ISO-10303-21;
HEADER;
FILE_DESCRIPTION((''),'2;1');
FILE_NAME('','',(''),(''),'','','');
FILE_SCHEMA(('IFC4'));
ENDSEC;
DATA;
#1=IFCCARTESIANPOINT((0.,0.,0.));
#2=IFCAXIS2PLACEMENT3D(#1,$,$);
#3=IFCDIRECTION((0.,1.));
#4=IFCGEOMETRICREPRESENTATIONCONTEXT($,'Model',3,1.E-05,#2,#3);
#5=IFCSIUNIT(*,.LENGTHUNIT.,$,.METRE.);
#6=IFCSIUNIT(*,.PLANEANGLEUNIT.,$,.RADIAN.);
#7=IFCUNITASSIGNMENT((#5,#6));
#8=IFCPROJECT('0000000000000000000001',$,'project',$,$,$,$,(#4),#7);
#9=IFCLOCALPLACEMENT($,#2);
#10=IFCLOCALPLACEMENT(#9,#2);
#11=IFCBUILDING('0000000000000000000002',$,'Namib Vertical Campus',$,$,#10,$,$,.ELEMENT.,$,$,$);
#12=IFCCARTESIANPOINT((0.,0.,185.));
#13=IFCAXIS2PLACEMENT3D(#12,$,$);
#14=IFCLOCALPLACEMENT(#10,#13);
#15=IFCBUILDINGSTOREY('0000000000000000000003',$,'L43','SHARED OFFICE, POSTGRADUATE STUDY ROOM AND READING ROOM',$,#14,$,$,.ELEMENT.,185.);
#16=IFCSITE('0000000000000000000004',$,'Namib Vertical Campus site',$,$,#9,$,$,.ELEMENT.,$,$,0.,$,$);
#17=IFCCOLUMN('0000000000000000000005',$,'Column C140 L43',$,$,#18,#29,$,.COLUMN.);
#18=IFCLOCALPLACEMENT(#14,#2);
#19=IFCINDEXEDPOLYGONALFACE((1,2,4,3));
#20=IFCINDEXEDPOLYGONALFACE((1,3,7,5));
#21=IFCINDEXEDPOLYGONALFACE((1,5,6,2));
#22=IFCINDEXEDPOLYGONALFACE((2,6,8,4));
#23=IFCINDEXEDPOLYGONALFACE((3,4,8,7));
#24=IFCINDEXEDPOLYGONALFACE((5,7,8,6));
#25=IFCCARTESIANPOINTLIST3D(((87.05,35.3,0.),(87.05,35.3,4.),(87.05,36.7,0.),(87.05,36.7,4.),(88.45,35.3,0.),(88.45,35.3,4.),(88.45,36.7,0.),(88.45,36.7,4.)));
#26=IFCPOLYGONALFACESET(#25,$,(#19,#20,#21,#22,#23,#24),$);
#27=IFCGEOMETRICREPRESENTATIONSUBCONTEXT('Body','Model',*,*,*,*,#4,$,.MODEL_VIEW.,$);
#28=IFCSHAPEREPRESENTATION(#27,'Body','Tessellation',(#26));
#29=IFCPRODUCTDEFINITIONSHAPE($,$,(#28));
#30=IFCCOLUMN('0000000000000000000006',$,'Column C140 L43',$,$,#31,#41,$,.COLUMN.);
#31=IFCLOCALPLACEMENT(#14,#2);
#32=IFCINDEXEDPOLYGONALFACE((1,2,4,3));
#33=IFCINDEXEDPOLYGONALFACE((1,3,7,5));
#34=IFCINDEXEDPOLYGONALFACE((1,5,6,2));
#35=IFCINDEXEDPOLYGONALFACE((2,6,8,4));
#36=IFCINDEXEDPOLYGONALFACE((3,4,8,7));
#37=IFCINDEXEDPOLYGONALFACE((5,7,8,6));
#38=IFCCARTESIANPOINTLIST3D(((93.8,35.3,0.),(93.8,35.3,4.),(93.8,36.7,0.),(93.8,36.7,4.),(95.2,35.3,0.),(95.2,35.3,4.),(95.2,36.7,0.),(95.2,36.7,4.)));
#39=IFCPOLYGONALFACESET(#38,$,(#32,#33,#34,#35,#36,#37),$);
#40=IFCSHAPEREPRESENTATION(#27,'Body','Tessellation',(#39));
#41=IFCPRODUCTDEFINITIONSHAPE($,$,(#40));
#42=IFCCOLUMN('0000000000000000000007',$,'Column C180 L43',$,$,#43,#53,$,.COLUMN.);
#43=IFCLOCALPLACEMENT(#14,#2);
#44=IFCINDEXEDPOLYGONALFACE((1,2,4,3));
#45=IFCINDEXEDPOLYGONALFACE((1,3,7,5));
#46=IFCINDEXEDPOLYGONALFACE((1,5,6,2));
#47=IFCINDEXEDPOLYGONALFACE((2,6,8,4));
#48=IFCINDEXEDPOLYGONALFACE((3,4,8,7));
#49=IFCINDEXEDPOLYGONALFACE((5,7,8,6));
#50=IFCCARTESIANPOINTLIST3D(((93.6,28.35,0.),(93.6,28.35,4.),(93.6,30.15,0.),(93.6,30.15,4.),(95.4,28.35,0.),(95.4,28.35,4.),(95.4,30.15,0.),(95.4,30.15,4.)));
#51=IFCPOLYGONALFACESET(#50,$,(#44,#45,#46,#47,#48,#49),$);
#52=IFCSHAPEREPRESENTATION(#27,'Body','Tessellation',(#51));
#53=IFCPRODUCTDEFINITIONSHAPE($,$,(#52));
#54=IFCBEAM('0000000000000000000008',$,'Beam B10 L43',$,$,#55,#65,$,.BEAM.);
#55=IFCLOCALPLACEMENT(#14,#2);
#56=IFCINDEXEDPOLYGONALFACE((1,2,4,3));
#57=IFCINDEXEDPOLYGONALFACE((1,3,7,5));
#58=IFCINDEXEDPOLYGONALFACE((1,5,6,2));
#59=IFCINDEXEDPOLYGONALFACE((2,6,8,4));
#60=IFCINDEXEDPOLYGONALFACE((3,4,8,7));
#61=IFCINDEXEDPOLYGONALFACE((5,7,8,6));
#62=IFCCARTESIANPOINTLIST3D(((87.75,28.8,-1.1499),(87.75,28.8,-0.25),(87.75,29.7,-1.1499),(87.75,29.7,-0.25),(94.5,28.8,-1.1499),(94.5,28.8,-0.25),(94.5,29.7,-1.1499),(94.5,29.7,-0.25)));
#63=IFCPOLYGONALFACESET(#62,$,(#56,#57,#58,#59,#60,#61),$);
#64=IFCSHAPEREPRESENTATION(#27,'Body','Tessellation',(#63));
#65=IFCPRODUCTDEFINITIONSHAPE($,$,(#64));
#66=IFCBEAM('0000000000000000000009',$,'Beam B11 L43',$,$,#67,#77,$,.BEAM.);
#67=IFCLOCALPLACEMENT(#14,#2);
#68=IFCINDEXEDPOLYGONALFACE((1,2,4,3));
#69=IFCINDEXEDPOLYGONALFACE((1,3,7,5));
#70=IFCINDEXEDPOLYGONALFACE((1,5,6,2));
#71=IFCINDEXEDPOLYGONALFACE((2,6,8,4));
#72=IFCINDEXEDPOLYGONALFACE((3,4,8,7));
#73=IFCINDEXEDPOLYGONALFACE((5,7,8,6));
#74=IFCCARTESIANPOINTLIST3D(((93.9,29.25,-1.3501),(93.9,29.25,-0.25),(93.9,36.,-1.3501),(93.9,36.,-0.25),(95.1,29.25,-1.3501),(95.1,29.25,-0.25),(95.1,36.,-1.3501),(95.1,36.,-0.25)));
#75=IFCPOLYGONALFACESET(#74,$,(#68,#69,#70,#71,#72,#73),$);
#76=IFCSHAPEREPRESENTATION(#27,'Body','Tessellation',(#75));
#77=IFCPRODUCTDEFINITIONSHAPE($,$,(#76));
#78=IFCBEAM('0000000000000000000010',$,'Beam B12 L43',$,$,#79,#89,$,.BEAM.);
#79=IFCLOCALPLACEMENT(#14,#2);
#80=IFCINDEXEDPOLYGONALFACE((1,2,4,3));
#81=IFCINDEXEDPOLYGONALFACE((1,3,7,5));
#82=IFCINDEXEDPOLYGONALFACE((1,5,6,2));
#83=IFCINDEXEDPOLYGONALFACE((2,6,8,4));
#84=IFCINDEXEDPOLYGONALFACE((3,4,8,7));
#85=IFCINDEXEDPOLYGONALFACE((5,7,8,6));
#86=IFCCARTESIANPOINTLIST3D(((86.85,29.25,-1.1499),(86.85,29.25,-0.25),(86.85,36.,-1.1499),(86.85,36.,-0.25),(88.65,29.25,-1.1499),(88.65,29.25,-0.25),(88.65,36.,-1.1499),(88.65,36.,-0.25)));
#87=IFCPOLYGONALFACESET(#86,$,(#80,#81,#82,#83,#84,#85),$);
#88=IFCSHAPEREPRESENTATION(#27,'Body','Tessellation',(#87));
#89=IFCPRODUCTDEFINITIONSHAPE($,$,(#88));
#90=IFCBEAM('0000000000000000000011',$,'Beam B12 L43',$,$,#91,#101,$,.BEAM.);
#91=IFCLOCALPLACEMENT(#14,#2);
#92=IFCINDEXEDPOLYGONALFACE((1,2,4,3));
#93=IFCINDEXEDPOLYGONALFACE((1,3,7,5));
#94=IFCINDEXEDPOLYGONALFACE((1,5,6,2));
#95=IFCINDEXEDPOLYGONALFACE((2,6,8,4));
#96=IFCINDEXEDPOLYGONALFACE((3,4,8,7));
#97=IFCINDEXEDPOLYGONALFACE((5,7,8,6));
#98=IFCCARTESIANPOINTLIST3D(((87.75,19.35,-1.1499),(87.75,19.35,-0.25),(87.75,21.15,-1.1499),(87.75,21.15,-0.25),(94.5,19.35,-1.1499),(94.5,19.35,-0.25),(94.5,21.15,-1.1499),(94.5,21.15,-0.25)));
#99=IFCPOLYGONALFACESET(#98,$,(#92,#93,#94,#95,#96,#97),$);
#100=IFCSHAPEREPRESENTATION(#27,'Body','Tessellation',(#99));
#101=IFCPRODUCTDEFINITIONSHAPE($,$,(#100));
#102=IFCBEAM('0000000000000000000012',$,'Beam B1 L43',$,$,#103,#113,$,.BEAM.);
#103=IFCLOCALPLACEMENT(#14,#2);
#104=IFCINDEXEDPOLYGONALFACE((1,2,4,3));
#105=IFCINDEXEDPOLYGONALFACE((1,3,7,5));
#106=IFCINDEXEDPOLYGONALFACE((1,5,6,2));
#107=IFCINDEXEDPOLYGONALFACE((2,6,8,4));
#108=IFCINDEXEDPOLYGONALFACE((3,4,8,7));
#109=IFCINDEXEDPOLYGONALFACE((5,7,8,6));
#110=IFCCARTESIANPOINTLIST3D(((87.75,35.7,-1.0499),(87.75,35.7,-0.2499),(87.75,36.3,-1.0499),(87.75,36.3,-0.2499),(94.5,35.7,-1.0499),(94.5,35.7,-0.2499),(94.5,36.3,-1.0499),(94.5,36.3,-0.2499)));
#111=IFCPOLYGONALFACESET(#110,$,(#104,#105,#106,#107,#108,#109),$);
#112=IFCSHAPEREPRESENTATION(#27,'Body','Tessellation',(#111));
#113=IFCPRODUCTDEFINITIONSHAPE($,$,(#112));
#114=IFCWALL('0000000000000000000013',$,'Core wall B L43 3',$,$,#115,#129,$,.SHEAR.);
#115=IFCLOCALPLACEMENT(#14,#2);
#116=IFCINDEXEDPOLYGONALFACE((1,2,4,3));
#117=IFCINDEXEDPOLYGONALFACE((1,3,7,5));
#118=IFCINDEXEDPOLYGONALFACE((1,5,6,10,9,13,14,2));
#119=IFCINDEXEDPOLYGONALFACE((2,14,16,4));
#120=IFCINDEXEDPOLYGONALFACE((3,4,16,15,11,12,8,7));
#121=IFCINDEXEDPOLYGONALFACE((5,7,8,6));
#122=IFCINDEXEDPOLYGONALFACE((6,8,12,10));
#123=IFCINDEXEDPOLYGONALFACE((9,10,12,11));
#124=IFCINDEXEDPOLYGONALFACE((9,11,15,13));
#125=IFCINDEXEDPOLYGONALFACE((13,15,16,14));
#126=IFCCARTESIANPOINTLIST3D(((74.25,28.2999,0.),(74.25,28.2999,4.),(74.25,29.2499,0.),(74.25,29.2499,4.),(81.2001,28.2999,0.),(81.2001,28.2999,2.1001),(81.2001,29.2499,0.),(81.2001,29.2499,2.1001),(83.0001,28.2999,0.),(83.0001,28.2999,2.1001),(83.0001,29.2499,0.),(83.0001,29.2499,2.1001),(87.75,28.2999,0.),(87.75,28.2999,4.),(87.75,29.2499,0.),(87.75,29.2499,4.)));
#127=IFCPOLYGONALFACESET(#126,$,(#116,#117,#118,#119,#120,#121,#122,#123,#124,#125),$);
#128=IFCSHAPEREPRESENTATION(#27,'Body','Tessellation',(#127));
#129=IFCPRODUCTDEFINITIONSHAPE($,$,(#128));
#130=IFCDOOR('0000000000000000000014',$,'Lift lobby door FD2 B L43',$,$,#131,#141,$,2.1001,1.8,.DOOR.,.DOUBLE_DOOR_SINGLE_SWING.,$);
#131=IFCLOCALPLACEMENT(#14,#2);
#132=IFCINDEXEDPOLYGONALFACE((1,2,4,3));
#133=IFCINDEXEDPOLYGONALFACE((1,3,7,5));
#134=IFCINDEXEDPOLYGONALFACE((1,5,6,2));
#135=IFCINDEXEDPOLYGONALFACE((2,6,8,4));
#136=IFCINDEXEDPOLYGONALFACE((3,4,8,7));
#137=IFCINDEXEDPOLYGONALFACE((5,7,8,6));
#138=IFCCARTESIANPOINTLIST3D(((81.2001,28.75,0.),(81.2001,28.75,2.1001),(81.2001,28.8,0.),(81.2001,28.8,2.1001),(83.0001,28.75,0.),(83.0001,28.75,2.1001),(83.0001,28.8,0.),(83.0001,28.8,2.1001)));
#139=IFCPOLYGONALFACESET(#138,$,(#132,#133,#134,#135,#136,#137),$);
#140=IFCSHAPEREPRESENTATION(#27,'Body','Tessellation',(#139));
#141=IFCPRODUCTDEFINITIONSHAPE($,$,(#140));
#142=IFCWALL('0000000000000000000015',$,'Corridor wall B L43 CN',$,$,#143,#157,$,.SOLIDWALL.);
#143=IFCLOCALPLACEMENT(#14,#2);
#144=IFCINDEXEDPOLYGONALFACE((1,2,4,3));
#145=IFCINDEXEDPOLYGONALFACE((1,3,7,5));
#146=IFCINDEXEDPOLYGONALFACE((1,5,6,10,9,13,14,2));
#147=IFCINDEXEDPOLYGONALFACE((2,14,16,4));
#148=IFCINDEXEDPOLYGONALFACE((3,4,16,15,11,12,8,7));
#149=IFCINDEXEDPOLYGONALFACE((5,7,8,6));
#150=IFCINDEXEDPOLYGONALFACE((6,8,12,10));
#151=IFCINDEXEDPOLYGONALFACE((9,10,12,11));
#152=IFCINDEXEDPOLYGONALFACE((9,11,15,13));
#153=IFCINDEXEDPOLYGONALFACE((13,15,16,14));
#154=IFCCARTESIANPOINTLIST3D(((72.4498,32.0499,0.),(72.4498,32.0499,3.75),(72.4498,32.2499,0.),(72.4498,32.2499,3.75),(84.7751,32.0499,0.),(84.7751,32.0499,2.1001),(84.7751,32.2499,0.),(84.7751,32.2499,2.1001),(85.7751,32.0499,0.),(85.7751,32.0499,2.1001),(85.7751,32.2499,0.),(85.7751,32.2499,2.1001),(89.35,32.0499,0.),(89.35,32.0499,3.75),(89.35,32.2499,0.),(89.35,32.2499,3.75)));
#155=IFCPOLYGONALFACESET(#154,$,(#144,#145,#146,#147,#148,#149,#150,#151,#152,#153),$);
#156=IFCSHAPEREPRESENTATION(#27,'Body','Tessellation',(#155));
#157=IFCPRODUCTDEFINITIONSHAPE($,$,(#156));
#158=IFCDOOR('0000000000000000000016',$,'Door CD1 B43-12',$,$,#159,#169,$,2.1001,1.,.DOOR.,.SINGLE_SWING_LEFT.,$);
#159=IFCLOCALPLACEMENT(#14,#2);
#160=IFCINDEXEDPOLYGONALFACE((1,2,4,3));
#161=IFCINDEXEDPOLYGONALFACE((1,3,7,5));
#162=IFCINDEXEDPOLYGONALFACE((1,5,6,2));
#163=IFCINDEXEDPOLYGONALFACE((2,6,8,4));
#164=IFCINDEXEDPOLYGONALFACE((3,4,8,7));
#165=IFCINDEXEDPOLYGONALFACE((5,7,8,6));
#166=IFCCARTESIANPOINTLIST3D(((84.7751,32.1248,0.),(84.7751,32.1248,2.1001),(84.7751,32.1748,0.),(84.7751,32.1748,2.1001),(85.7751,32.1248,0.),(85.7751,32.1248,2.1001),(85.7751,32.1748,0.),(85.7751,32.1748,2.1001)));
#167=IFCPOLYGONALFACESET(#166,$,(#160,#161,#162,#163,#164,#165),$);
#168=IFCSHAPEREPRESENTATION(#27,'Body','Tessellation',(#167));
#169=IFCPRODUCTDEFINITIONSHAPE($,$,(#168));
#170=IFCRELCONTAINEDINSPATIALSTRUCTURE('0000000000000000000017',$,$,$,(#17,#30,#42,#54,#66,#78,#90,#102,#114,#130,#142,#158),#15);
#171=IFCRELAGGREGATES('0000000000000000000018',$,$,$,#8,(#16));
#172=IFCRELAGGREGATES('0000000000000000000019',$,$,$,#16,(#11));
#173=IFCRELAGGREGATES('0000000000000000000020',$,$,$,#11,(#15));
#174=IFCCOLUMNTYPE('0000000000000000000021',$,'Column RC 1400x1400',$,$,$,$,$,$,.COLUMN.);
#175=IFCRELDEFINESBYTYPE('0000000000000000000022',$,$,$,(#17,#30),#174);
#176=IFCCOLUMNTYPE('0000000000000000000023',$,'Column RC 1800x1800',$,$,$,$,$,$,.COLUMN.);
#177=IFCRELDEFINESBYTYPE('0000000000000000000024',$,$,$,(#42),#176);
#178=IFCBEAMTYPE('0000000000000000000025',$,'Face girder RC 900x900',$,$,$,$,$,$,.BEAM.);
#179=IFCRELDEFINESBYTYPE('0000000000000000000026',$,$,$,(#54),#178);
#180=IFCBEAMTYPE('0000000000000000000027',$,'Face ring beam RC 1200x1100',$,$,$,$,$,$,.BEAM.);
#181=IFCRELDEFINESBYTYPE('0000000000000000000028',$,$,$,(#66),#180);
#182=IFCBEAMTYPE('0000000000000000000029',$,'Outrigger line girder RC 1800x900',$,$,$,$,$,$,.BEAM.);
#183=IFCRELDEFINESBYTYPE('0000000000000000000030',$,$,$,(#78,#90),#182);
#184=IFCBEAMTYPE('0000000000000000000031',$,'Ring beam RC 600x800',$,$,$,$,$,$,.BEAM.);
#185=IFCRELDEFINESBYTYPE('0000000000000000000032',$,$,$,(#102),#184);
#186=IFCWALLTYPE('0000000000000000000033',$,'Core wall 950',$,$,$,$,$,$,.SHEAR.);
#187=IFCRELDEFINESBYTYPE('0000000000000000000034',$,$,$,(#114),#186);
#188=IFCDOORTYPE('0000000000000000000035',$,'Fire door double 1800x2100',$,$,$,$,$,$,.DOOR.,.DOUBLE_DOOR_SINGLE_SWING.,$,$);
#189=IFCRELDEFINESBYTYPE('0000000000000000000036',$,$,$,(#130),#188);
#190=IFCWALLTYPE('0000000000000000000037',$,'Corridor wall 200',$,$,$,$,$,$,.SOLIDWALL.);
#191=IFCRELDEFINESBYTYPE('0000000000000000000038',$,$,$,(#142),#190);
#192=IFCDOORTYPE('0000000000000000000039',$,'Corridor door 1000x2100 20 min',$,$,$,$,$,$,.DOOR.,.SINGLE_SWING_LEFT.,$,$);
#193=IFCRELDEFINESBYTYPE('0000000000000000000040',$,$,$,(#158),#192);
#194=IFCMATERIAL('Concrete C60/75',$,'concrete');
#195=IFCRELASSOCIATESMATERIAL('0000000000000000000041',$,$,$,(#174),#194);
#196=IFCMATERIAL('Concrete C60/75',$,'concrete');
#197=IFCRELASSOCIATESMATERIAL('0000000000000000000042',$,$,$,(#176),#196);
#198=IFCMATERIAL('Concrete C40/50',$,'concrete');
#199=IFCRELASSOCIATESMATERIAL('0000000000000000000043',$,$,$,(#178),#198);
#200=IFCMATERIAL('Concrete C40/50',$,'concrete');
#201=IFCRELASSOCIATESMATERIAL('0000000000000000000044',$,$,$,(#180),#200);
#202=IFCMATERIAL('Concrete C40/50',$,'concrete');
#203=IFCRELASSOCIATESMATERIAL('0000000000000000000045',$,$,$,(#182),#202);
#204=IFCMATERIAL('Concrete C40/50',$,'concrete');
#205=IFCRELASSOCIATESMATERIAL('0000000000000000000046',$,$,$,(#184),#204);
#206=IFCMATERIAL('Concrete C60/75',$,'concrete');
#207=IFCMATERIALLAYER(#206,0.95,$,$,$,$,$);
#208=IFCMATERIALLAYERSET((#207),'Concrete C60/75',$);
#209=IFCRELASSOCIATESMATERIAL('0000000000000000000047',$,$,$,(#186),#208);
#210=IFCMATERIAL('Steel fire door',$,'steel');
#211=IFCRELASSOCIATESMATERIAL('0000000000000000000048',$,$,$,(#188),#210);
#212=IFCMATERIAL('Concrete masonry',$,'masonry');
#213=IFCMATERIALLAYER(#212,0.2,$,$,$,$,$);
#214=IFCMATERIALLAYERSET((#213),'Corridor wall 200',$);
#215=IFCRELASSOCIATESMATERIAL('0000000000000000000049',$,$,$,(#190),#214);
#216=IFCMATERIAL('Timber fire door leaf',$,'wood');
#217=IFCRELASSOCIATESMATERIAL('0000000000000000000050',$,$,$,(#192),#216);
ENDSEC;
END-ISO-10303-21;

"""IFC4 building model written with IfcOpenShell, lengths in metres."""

from ifc_helpers import new_model, si_unit, direction, frame, frame_2d, origin, origin_2d, place, context, subcontext, project, spatial, rectangle, extrude, material, layer, layer_set, material_profile, profile_set, type_object, element, fill, save


model = new_model("IFC4")

# Units and contexts
model_context = context("Model", 3, precision=1e-05, world=origin(), true_north=direction((0.0, 1.0)))
body_context = subcontext(model_context, "Body", "Model", "MODEL_VIEW")
ifc_project = project(units=[si_unit("LENGTHUNIT", "METRE"), si_unit("PLANEANGLEUNIT", "RADIAN")], contexts=[model_context])

# Site, building, storey
site_placement = place(None, origin())
site = spatial("IfcSite", under=ifc_project, at=site_placement, Name="Namib Vertical Campus site", CompositionType="ELEMENT", RefElevation=0.0)
building_placement = place(site_placement, origin())
building = spatial("IfcBuilding", under=site, at=building_placement, Name="Namib Vertical Campus", CompositionType="ELEMENT")
storey_placement = place(building_placement, frame((0.0, 0.0, 185.0)))
storey = spatial("IfcBuildingStorey", under=building, at=storey_placement, Name="L43", Description="SHARED OFFICE, POSTGRADUATE STUDY ROOM AND READING ROOM", CompositionType="ELEMENT", Elevation=185.0)

# Columns
ifc_material_1 = material(Name="Concrete C60/75", Category="concrete")
ifc_material_profile_1 = material_profile(ifc_material_1, rectangle(XDim=1.3999, YDim=1.3999, at=origin_2d()))
ifc_profile_set_1 = profile_set([ifc_material_profile_1], Name="Concrete C60/75")
column_type_1 = type_object("IfcColumnType", Name="Column RC 1400x1400", PredefinedType="COLUMN", material=ifc_profile_set_1)
for number, where, z_axis, x_axis, name in (
    (1, (87.75, 36.0, 0.0), (0.0, 0.0, 1.0), (1.0, 0.0, 0.0), "Column C140 L43"),
    (2, (94.5, 36.0, 0.0), (0.0, 0.0, 1.0), (1.0, 0.0, 0.0), "Column C140 L43"),
):
    element("IfcColumn", number, at=place(storey_placement, frame(where, z_axis=z_axis, x_axis=x_axis)), inside=storey, type_object=column_type_1, Name=name, PredefinedType="COLUMN", context=body_context, shape_type="SweptSolid", body=[
        extrude(rectangle(XDim=1.3999, YDim=1.3999, at=origin_2d()), origin(), (0.0, 0.0, 1.0), 4.0),
    ])
ifc_material_2 = material(Name="Concrete C60/75", Category="concrete")
ifc_material_profile_2 = material_profile(ifc_material_2, rectangle(XDim=1.8, YDim=1.8, at=origin_2d()))
ifc_profile_set_2 = profile_set([ifc_material_profile_2], Name="Concrete C60/75")
column_type_2 = type_object("IfcColumnType", Name="Column RC 1800x1800", PredefinedType="COLUMN", material=ifc_profile_set_2)
column_placement = place(storey_placement, frame((94.5, 29.25, 0.0), z_axis=(0.0, 0.0, 1.0), x_axis=(1.0, 0.0, 0.0)))
element("IfcColumn", 3, at=column_placement, inside=storey, type_object=column_type_2, Name="Column C180 L43", PredefinedType="COLUMN", context=body_context, shape_type="SweptSolid", body=[
    extrude(rectangle(XDim=1.8, YDim=1.8, at=origin_2d()), origin(), (0.0, 0.0, 1.0), 4.0),
])

# Beams
ifc_material_3 = material(Name="Concrete C40/50", Category="concrete")
ifc_material_profile_3 = material_profile(ifc_material_3, rectangle(XDim=0.8999, YDim=0.8999, at=origin_2d()))
ifc_profile_set_3 = profile_set([ifc_material_profile_3], Name="Concrete C40/50")
beam_type_1 = type_object("IfcBeamType", Name="Face girder RC 900x900", PredefinedType="BEAM", material=ifc_profile_set_3)
beam_1_placement = place(storey_placement, frame((94.5, 29.25, -0.7), z_axis=(-1.0, 0.0, 0.0), x_axis=(0.0, -1.0, 0.0)))
element("IfcBeam", 4, at=beam_1_placement, inside=storey, type_object=beam_type_1, Name="Beam B10 L43", PredefinedType="BEAM", context=body_context, shape_type="SweptSolid", body=[
    extrude(rectangle(XDim=0.8999, YDim=0.8999, at=origin_2d()), origin(), (0.0, 0.0, 1.0), 6.75),
])
ifc_material_4 = material(Name="Concrete C40/50", Category="concrete")
ifc_material_profile_4 = material_profile(ifc_material_4, rectangle(XDim=1.2, YDim=1.1001, at=origin_2d()))
ifc_profile_set_4 = profile_set([ifc_material_profile_4], Name="Concrete C40/50")
beam_type_2 = type_object("IfcBeamType", Name="Face ring beam RC 1200x1100", PredefinedType="BEAM", material=ifc_profile_set_4)
beam_2_placement = place(storey_placement, frame((94.5, 29.25, -0.8), z_axis=(0.0, 1.0, 0.0), x_axis=(-1.0, 0.0, 0.0)))
element("IfcBeam", 5, at=beam_2_placement, inside=storey, type_object=beam_type_2, Name="Beam B11 L43", PredefinedType="BEAM", context=body_context, shape_type="SweptSolid", body=[
    extrude(rectangle(XDim=1.2, YDim=1.1001, at=origin_2d()), origin(), (0.0, 0.0, 1.0), 6.75),
])
ifc_material_5 = material(Name="Concrete C40/50", Category="concrete")
ifc_material_profile_5 = material_profile(ifc_material_5, rectangle(XDim=1.8, YDim=0.8999, at=origin_2d()))
ifc_profile_set_5 = profile_set([ifc_material_profile_5], Name="Concrete C40/50")
beam_type_3 = type_object("IfcBeamType", Name="Outrigger line girder RC 1800x900", PredefinedType="BEAM", material=ifc_profile_set_5)
for number, where, z_axis, x_axis, name in (
    (6, (87.75, 36.0, -0.7), (0.0, -1.0, 0.0), (1.0, 0.0, 0.0), "Beam B12 L43"),
    (7, (94.5, 20.25, -0.7), (-1.0, 0.0, 0.0), (0.0, -1.0, 0.0), "Beam B12 L43"),
):
    element("IfcBeam", number, at=place(storey_placement, frame(where, z_axis=z_axis, x_axis=x_axis)), inside=storey, type_object=beam_type_3, Name=name, PredefinedType="BEAM", context=body_context, shape_type="SweptSolid", body=[
        extrude(rectangle(XDim=1.8, YDim=0.8999, at=origin_2d()), origin(), (0.0, 0.0, 1.0), 6.75),
    ])
ifc_material_6 = material(Name="Concrete C40/50", Category="concrete")
ifc_material_profile_6 = material_profile(ifc_material_6, rectangle(XDim=0.6001, YDim=0.8, at=origin_2d()))
ifc_profile_set_6 = profile_set([ifc_material_profile_6], Name="Concrete C40/50")
beam_type_4 = type_object("IfcBeamType", Name="Ring beam RC 600x800", PredefinedType="BEAM", material=ifc_profile_set_6)
beam_3_placement = place(storey_placement, frame((87.75, 36.0, -0.6499), z_axis=(1.0, 0.0, 0.0), x_axis=(0.0, 1.0, 0.0)))
element("IfcBeam", 8, at=beam_3_placement, inside=storey, type_object=beam_type_4, Name="Beam B1 L43", PredefinedType="BEAM", context=body_context, shape_type="SweptSolid", body=[
    extrude(rectangle(XDim=0.6001, YDim=0.8, at=origin_2d()), origin(), (0.0, 0.0, 1.0), 6.75),
])

# Walls, openings, doors
ifc_material_7 = material(Name="Concrete C60/75", Category="concrete")
ifc_layer_1 = layer(ifc_material_7, 0.95)
ifc_layer_set_1 = layer_set([ifc_layer_1], Name="Concrete C60/75")
wall_type_1 = type_object("IfcWallType", Name="Core wall 950", PredefinedType="SHEAR", material=ifc_layer_set_1)
wall_1_placement = place(storey_placement, frame((87.75, 28.7749, 0.0), z_axis=(0.0, 0.0, 1.0), x_axis=(-1.0, 0.0, 0.0)))
wall_1 = element("IfcWall", 9, at=wall_1_placement, inside=storey, type_object=wall_type_1, Name="Core wall B L43 3", PredefinedType="SHEAR", context=body_context, shape_type="SweptSolid", body=[
    extrude(rectangle(XDim=13.5, YDim=0.95, at=frame_2d((6.75, 0.0))), origin(), (0.0, 0.0, 1.0), 4.0),
])
opening_1_placement = place(wall_1_placement, frame((4.75, 0.0, 0.0)))
opening_1 = element("IfcOpeningElement", 10, at=opening_1_placement, cuts=wall_1, PredefinedType="OPENING", context=body_context, shape_type="SweptSolid", body=[
    extrude(rectangle(XDim=1.8, YDim=2.1001, at=frame_2d((0.8999, 1.05))), frame((0.0, 0.4849, 0.0), z_axis=(0.0, -1.0, 0.0), x_axis=(1.0, 0.0, 0.0)), (0.0, 0.0, 1.0), 0.97),
])
ifc_material_8 = material(Name="Steel fire door", Category="steel")
door_type_1 = type_object("IfcDoorType", Name="Fire door double 1800x2100", OperationType="DOUBLE_DOOR_SINGLE_SWING", PredefinedType="DOOR", material=ifc_material_8)
door_1_placement = place(opening_1_placement, origin())
door_1 = element("IfcDoor", 11, at=door_1_placement, inside=storey, type_object=door_type_1, Name="Lift lobby door FD2 B L43", OperationType="DOUBLE_DOOR_SINGLE_SWING", OverallHeight=2.1001, OverallWidth=1.8, PredefinedType="DOOR", context=body_context, shape_type="SweptSolid", body=[
    extrude(rectangle(XDim=1.8, YDim=2.1001, at=frame_2d((0.8999, 1.05))), frame((0.0, 0.0249, 0.0), z_axis=(0.0, -1.0, 0.0), x_axis=(1.0, 0.0, 0.0)), (0.0, 0.0, 1.0), 0.05),
])
fill(opening_1, door_1)
ifc_material_9 = material(Name="Concrete masonry", Category="masonry")
ifc_layer_2 = layer(ifc_material_9, 0.2)
ifc_layer_set_2 = layer_set([ifc_layer_2], Name="Corridor wall 200")
wall_type_2 = type_object("IfcWallType", Name="Corridor wall 200", PredefinedType="SOLIDWALL", material=ifc_layer_set_2)
wall_2_placement = place(storey_placement, frame((89.3501, 32.1499, 0.0), z_axis=(0.0, 0.0, 1.0), x_axis=(-1.0, 0.0, 0.0)))
wall_2 = element("IfcWall", 12, at=wall_2_placement, inside=storey, type_object=wall_type_2, Name="Corridor wall B L43 CN", PredefinedType="SOLIDWALL", context=body_context, shape_type="SweptSolid", body=[
    extrude(rectangle(XDim=16.9001, YDim=0.2, at=frame_2d((8.4502, 0.0))), origin(), (0.0, 0.0, 1.0), 3.75),
])
opening_2_placement = place(wall_2_placement, frame((3.575, 0.0, 0.0)))
opening_2 = element("IfcOpeningElement", 13, at=opening_2_placement, cuts=wall_2, PredefinedType="OPENING", context=body_context, shape_type="SweptSolid", body=[
    extrude(rectangle(XDim=1.0, YDim=2.1001, at=frame_2d((0.5, 1.05))), frame((0.0, 0.1099, 0.0), z_axis=(0.0, -1.0, 0.0), x_axis=(1.0, 0.0, 0.0)), (0.0, 0.0, 1.0), 0.22),
])
ifc_material_10 = material(Name="Timber fire door leaf", Category="wood")
door_type_2 = type_object("IfcDoorType", Name="Corridor door 1000x2100 20 min", OperationType="SINGLE_SWING_LEFT", PredefinedType="DOOR", material=ifc_material_10)
door_2_placement = place(opening_2_placement, frame((1.0, 0.0, 0.0), z_axis=(0.0, 0.0, 1.0), x_axis=(-1.0, 0.0, 0.0)))
door_2 = element("IfcDoor", 14, at=door_2_placement, inside=storey, type_object=door_type_2, Name="Door CD1 B43-12", OperationType="SINGLE_SWING_LEFT", OverallHeight=2.1001, OverallWidth=1.0, PredefinedType="DOOR", context=body_context, shape_type="SweptSolid", body=[
    extrude(rectangle(XDim=1.0, YDim=2.1001, at=frame_2d((0.5, 1.05))), frame((0.0, 0.0249, 0.0), z_axis=(0.0, -1.0, 0.0), x_axis=(1.0, 0.0, 0.0)), (0.0, 0.0, 1.0), 0.05),
])
fill(opening_2, door_2)

save(model, "model.ifc")
